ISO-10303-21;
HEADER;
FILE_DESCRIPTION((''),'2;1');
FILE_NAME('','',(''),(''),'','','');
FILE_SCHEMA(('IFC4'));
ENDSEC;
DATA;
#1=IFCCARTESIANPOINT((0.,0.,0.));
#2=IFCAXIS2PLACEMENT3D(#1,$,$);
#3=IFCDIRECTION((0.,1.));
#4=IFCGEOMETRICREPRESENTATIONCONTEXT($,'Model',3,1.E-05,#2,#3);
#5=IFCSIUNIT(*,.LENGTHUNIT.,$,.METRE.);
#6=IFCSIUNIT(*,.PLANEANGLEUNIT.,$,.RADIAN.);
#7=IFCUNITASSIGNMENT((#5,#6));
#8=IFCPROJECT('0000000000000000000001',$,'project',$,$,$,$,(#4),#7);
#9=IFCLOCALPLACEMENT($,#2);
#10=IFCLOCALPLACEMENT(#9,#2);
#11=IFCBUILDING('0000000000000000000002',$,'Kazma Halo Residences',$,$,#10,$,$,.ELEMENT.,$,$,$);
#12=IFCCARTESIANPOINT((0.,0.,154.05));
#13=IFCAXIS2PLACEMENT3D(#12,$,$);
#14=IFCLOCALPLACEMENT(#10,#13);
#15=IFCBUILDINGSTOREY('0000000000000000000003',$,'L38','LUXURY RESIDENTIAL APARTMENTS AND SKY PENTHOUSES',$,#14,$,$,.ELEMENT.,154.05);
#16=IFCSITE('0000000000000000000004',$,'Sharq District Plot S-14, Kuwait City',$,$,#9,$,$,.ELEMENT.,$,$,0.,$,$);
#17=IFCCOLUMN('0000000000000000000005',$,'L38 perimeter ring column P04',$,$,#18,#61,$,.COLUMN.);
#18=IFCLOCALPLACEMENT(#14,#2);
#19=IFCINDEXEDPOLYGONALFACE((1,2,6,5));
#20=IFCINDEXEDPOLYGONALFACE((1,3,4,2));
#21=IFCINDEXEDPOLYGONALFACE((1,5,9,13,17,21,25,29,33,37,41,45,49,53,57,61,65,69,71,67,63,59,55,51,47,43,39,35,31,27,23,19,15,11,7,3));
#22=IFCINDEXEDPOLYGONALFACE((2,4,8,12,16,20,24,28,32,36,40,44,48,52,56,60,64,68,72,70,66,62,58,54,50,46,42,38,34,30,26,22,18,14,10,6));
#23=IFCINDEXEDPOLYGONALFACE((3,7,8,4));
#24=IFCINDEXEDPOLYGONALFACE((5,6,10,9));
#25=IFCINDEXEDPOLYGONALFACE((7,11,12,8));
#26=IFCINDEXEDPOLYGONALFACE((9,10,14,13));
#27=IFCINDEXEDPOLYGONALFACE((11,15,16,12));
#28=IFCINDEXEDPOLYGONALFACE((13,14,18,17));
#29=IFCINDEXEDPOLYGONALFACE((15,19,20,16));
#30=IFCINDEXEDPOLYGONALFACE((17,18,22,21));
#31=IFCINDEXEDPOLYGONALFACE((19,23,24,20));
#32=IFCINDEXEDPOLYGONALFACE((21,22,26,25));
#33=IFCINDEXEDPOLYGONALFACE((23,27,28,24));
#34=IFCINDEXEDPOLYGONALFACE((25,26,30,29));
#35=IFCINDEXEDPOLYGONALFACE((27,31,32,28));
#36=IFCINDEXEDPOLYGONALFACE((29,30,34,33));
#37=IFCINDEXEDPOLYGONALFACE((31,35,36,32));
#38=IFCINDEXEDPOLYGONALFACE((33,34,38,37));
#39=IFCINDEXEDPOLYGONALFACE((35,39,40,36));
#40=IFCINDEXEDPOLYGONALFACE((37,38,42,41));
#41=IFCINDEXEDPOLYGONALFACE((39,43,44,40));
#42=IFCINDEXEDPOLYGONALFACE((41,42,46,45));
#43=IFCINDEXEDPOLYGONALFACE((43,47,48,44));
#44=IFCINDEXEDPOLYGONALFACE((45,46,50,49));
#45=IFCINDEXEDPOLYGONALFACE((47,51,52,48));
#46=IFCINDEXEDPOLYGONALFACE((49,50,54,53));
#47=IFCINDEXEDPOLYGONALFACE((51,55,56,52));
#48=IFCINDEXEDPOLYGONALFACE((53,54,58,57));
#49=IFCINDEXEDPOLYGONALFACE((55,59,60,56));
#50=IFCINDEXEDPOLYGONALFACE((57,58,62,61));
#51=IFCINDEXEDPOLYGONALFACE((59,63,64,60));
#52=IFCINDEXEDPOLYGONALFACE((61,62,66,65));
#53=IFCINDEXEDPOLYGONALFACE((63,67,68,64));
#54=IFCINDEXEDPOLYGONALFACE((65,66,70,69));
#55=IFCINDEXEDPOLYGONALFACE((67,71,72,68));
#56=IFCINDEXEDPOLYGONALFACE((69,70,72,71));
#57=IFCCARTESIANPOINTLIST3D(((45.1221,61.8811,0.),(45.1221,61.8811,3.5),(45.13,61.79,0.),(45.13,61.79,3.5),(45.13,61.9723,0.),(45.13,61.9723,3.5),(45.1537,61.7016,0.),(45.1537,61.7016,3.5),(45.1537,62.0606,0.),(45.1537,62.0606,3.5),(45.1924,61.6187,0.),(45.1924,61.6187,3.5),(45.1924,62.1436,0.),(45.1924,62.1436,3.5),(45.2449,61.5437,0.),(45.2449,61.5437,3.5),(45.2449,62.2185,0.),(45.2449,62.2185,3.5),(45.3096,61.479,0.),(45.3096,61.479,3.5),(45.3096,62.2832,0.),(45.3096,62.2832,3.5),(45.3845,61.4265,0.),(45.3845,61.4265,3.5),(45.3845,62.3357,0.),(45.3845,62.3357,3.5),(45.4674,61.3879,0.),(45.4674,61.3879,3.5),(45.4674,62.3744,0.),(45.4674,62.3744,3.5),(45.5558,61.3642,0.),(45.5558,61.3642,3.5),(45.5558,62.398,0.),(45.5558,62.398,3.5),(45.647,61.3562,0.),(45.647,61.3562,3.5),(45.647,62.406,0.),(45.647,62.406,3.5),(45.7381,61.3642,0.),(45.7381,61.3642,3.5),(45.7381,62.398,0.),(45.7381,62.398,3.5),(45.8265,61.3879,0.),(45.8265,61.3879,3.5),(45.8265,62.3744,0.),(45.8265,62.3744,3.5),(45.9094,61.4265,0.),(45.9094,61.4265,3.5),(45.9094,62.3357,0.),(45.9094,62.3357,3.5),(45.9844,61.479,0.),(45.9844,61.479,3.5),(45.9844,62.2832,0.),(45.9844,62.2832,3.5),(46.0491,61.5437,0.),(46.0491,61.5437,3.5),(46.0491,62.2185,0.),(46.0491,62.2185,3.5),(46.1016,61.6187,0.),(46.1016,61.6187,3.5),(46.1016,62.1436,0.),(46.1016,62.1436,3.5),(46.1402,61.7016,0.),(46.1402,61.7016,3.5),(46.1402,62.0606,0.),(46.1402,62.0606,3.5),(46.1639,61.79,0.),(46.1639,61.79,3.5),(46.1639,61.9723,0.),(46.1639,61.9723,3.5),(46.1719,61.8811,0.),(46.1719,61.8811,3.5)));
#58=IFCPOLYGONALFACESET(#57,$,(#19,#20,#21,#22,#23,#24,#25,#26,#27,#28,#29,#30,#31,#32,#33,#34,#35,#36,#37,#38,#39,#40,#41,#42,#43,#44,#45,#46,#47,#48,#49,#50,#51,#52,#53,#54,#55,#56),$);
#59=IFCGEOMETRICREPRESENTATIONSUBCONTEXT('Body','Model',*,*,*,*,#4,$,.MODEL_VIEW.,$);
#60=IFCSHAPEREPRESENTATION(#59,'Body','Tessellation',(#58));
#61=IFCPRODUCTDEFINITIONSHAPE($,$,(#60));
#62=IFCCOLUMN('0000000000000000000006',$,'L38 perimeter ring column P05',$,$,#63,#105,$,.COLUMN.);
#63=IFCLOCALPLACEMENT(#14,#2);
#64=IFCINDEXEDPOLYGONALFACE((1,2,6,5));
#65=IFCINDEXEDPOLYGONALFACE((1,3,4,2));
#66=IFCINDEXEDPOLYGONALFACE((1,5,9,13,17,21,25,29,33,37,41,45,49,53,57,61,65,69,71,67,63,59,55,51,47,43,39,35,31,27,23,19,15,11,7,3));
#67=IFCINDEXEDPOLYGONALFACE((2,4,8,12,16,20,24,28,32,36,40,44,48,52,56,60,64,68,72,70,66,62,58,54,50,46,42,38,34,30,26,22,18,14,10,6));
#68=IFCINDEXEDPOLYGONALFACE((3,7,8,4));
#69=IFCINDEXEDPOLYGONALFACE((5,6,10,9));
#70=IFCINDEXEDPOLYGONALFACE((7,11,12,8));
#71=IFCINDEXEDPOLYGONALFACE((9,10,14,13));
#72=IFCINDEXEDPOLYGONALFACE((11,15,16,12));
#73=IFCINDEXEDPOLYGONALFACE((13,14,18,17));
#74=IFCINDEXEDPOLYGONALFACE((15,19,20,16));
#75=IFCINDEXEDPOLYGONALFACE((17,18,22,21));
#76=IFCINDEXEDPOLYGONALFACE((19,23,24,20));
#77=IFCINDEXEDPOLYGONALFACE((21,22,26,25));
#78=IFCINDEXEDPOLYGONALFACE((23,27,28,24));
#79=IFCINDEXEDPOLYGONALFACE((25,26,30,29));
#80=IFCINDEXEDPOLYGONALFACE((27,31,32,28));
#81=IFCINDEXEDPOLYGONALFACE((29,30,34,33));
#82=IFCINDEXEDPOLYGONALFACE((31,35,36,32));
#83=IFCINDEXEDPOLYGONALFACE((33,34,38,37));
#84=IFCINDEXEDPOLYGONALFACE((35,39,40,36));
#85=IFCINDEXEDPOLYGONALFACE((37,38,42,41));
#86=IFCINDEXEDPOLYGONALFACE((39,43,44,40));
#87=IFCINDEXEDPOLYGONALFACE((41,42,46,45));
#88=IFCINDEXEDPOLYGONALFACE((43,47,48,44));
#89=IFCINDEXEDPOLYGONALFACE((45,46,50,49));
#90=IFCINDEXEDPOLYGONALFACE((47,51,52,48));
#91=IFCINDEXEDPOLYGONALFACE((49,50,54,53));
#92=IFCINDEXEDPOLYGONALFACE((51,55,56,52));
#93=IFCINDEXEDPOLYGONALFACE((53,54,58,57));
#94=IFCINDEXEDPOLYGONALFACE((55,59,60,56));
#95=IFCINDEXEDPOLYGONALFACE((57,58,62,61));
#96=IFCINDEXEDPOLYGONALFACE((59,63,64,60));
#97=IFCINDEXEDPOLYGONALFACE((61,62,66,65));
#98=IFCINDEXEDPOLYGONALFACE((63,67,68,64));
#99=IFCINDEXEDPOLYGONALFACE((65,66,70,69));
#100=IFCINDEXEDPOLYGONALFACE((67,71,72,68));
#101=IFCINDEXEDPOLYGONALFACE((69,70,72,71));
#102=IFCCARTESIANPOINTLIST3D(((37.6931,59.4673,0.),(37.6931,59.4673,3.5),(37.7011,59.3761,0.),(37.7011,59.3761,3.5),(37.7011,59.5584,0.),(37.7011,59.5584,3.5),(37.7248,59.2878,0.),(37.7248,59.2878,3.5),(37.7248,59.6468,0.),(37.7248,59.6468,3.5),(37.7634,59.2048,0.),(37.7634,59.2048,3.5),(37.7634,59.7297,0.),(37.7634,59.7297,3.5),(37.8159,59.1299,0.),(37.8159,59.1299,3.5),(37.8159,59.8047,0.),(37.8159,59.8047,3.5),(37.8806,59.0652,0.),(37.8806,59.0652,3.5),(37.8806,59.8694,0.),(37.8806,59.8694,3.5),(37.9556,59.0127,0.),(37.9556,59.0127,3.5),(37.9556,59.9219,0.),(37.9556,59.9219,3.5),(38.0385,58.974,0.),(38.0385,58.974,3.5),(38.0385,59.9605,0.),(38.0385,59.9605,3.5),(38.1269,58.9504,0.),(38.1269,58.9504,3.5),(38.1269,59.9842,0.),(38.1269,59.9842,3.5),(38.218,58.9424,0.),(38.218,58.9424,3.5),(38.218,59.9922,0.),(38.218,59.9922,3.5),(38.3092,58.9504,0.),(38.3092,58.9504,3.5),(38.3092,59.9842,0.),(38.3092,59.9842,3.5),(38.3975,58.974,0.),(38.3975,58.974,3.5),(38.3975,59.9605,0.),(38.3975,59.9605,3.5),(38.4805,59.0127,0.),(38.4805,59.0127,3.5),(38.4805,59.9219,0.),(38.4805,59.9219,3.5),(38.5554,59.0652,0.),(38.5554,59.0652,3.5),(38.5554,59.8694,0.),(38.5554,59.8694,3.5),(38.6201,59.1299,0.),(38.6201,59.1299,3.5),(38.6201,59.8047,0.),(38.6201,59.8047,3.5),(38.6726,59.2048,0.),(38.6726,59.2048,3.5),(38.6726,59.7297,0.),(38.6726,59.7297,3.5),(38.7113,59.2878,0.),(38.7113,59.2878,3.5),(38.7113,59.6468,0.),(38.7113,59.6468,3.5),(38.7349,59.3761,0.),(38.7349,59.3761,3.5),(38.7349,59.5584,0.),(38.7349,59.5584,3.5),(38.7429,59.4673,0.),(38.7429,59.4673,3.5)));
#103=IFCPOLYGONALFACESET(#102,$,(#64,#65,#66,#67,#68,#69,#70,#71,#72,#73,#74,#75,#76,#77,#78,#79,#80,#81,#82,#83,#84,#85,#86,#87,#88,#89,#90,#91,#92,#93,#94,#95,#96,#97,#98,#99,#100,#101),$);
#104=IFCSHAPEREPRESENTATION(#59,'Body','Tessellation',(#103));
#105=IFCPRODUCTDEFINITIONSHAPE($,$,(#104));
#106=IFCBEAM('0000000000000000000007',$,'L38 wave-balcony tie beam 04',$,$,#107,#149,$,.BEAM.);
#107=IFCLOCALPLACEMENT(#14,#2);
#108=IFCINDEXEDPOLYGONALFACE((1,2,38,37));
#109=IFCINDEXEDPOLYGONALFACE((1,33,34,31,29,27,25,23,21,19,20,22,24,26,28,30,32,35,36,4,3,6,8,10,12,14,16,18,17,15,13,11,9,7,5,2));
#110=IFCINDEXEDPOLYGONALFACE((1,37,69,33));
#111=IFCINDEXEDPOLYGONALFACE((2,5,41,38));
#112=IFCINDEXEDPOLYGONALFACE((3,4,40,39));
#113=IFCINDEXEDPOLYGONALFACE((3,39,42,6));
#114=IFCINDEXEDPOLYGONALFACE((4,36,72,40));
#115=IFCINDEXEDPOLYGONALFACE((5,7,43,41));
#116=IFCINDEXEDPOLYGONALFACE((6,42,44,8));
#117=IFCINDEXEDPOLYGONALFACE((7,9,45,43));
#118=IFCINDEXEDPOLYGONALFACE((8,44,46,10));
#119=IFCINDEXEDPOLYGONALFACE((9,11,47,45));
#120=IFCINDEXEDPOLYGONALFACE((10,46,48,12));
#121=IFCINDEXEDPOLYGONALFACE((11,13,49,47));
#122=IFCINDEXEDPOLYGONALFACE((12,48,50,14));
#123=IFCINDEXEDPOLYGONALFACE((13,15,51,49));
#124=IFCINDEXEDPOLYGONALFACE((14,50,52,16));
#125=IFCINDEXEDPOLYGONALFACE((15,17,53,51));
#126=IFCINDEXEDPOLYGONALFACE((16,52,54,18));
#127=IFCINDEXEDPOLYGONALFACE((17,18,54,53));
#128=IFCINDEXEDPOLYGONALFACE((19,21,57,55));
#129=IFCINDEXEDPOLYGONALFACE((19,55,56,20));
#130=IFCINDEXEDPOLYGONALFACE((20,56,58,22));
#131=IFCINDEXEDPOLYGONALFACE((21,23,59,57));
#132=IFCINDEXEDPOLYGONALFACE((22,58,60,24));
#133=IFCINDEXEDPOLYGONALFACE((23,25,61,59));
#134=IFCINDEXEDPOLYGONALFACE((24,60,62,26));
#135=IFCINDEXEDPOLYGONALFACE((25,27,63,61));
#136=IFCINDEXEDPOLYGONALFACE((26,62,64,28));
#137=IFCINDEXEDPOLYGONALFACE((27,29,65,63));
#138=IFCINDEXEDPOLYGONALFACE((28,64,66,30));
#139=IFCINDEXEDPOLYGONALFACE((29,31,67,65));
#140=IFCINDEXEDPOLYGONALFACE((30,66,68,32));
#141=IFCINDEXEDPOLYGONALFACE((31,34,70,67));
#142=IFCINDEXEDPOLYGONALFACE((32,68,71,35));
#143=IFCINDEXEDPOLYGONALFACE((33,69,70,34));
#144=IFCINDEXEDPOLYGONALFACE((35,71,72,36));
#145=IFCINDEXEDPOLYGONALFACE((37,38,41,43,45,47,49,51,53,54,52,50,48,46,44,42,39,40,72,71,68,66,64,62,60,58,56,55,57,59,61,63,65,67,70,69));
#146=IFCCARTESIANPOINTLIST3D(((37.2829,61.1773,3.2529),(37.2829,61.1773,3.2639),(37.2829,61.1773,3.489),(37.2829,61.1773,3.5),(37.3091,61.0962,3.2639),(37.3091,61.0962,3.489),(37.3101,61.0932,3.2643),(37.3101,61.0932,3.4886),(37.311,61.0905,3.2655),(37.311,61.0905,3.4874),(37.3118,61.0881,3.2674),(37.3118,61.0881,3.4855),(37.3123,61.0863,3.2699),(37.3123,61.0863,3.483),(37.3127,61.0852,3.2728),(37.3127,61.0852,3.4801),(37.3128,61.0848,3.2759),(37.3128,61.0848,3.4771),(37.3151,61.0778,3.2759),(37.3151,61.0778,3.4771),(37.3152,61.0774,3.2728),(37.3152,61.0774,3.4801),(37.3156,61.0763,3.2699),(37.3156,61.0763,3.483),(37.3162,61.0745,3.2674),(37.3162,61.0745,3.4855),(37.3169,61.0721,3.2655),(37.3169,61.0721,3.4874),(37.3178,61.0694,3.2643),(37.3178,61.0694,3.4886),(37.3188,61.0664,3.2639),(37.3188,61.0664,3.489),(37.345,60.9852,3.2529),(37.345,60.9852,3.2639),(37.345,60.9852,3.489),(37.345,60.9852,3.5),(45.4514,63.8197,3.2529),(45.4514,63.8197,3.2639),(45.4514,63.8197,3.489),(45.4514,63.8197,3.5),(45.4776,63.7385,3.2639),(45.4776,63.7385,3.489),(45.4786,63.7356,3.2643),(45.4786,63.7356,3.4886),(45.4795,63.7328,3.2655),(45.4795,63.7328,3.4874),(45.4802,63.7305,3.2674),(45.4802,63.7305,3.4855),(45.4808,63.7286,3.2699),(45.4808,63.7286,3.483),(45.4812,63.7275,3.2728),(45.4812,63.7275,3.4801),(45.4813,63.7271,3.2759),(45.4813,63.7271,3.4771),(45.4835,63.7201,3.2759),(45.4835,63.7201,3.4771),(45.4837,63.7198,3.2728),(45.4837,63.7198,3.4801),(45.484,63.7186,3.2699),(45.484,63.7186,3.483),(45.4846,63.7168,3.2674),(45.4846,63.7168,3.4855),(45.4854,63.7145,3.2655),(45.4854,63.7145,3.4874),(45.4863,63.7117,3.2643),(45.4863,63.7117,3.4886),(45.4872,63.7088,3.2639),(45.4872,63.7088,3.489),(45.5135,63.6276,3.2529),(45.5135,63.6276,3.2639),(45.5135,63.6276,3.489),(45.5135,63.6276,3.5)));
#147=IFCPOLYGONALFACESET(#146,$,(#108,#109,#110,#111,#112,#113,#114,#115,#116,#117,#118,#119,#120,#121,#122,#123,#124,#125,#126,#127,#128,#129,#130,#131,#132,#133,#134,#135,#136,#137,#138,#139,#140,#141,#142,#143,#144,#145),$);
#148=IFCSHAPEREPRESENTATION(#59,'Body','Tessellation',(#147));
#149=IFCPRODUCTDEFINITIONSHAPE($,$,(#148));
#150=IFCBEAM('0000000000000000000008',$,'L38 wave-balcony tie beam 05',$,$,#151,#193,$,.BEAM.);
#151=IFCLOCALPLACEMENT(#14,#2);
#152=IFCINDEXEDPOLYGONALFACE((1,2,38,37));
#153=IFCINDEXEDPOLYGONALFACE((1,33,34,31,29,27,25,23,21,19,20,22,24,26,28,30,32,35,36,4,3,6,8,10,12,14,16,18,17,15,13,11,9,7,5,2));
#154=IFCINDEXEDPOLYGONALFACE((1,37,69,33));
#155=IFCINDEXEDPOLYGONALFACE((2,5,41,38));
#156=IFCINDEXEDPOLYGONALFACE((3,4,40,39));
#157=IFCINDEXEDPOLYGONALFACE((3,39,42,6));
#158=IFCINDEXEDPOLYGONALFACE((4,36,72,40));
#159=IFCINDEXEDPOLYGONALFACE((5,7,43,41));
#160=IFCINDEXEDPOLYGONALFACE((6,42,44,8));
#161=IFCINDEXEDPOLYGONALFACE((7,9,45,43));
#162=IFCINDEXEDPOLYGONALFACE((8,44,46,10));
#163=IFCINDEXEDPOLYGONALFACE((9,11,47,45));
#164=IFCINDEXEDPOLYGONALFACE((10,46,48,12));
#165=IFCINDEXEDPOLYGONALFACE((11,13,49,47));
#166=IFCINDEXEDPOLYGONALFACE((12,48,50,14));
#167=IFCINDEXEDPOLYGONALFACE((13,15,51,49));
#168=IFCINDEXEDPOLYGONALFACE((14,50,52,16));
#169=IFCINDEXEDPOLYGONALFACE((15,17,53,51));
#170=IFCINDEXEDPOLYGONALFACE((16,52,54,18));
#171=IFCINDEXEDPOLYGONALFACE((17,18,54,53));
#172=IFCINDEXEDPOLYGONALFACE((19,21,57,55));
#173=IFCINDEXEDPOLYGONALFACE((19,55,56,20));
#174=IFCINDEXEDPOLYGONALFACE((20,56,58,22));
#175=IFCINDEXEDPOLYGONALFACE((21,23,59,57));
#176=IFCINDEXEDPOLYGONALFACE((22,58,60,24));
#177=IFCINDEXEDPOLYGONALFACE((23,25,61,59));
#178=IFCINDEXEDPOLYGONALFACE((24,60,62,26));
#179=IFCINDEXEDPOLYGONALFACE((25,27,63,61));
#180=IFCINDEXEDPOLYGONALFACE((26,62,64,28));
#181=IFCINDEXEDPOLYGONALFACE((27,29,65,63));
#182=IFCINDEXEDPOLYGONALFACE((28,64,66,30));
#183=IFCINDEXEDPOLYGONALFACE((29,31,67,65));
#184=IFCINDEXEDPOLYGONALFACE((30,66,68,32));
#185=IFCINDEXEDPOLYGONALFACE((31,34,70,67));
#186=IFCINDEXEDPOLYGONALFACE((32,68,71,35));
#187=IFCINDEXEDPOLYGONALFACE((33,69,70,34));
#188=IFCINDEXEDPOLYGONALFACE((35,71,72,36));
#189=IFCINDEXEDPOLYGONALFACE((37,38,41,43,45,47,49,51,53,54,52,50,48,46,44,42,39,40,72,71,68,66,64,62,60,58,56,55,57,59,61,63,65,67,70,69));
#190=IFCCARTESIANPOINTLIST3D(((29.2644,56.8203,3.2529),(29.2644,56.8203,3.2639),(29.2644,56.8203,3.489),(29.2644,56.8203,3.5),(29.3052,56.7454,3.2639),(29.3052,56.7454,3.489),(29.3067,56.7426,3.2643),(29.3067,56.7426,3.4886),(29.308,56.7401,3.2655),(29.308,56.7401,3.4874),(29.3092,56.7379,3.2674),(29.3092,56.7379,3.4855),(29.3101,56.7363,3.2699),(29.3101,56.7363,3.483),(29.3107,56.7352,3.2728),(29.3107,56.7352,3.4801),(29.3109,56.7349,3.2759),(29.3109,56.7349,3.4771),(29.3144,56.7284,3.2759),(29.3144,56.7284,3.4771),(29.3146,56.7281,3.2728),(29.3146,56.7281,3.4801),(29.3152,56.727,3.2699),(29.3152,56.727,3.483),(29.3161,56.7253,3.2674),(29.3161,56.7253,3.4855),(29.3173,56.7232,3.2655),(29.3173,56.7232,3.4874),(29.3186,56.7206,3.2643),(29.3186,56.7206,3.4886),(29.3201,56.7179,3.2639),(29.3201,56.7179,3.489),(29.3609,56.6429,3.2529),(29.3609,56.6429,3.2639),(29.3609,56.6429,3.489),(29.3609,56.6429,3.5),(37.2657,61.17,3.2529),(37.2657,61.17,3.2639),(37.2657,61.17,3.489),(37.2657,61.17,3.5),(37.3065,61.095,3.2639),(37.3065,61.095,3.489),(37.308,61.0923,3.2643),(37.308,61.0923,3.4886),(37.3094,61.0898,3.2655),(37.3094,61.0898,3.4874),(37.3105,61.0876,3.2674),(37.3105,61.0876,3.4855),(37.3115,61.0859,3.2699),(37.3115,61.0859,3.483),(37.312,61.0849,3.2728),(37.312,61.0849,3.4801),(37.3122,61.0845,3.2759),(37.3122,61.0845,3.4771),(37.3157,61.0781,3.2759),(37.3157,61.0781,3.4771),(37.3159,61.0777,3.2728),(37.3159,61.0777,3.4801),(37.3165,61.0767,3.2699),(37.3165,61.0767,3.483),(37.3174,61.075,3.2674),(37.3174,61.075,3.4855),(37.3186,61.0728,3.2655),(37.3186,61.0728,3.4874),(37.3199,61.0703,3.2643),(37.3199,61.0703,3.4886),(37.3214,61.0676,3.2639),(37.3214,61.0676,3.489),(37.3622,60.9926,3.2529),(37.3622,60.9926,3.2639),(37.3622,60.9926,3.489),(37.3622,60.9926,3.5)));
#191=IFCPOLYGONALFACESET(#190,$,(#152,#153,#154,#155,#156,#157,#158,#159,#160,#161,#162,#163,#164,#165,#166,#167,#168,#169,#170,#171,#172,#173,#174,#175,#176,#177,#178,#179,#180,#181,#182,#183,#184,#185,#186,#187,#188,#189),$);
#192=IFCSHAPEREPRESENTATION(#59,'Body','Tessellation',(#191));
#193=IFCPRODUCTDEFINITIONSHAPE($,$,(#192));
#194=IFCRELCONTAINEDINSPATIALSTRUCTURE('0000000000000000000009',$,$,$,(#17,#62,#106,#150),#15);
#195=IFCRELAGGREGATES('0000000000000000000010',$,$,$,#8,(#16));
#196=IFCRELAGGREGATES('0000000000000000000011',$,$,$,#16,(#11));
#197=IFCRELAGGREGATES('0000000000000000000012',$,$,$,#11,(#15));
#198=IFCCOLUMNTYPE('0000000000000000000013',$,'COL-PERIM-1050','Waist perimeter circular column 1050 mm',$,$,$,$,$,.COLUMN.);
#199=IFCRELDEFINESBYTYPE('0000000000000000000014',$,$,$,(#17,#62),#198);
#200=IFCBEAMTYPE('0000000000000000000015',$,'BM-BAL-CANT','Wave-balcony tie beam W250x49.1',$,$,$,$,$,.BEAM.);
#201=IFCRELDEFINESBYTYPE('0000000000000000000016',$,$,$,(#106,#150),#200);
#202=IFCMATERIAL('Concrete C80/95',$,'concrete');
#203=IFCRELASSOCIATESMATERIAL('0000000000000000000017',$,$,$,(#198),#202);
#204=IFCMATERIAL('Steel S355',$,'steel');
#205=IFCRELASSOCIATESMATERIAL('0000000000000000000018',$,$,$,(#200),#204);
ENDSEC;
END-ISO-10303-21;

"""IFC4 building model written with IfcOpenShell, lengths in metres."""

from ifc_helpers import new_model, si_unit, direction, frame, origin, origin_2d, place, context, subcontext, project, spatial, circle, i_section, extrude, material, material_profile, profile_set, type_object, element, save


model = new_model("IFC4")

# Units and contexts
model_context = context("Model", 3, precision=1e-05, world=origin(), true_north=direction((0.0, 1.0)))
body_context = subcontext(model_context, "Body", "Model", "MODEL_VIEW")
ifc_project = project(units=[si_unit("LENGTHUNIT", "METRE"), si_unit("PLANEANGLEUNIT", "RADIAN")], contexts=[model_context])

# Site, building, storey
site_placement = place(None, origin())
site = spatial("IfcSite", under=ifc_project, at=site_placement, Name="Sharq District Plot S-14, Kuwait City", CompositionType="ELEMENT", RefElevation=0.0)
building_placement = place(site_placement, origin())
building = spatial("IfcBuilding", under=site, at=building_placement, Name="Kazma Halo Residences", CompositionType="ELEMENT")
storey_placement = place(building_placement, frame((0.0, 0.0, 154.05)))
storey = spatial("IfcBuildingStorey", under=building, at=storey_placement, Name="L38", Description="LUXURY RESIDENTIAL APARTMENTS AND SKY PENTHOUSES", CompositionType="ELEMENT", Elevation=154.05)

# Columns
ifc_material_1 = material(Name="Concrete C80/95", Category="concrete")
ifc_material_profile_1 = material_profile(ifc_material_1, circle(Radius=0.5249, at=origin_2d()), Name="CIRC1050")
ifc_profile_set_1 = profile_set([ifc_material_profile_1], Name="Concrete C80/95")
column_type = type_object("IfcColumnType", Name="COL-PERIM-1050", Description="Waist perimeter circular column 1050 mm", PredefinedType="COLUMN", material=ifc_profile_set_1)
for number, where, z_axis, x_axis, name in (
    (1, (45.647, 61.8811, 0.0), (0.0, 0.0, 1.0), (1.0, 0.0, 0.0), "L38 perimeter ring column P04"),
    (2, (38.218, 59.4673, 0.0), (0.0, 0.0, 1.0), (1.0, 0.0, 0.0), "L38 perimeter ring column P05"),
):
    element("IfcColumn", number, at=place(storey_placement, frame(where, z_axis=z_axis, x_axis=x_axis)), inside=storey, type_object=column_type, Name=name, PredefinedType="COLUMN", context=body_context, shape_type="SweptSolid", body=[
        extrude(circle(Radius=0.5249, at=origin_2d()), origin(), (0.0, 0.0, 1.0), 3.5),
    ])

# Beams
ifc_material_2 = material(Name="Steel S355", Category="steel")
ifc_material_profile_2 = material_profile(ifc_material_2, i_section(OverallWidth=0.2019, OverallDepth=0.2471, WebThickness=0.0073, FlangeThickness=0.011, FilletRadius=0.012, at=origin_2d()), Name="W250x49.1")
ifc_profile_set_2 = profile_set([ifc_material_profile_2], Name="Steel S355")
beam_type_1 = type_object("IfcBeamType", Name="BM-BAL-CANT", Description="Wave-balcony tie beam W250x49.1", PredefinedType="BEAM", material=ifc_profile_set_2)
beam_1_placement = place(storey_placement, frame((45.4824, 63.7236, 3.3765), z_axis=(-0.951458, -0.307778, 0.0), x_axis=(0.307778, -0.951458, 0.0)))
element("IfcBeam", 3, at=beam_1_placement, inside=storey, type_object=beam_type_1, Name="L38 wave-balcony tie beam 04", PredefinedType="BEAM", context=body_context, shape_type="SweptSolid", body=[
    extrude(i_section(OverallWidth=0.2019, OverallDepth=0.2471, WebThickness=0.0073, FlangeThickness=0.011, FilletRadius=0.012, at=origin_2d()), origin(), (0.0, 0.0, 1.0), 8.5852),
])
beam_2_placement = place(storey_placement, frame((37.314, 61.0813, 3.3765), z_axis=(-0.878573, -0.477608, 0.0), x_axis=(0.477608, -0.878573, 0.0)))
element("IfcBeam", 4, at=beam_2_placement, inside=storey, type_object=beam_type_1, Name="L38 wave-balcony tie beam 05", PredefinedType="BEAM", context=body_context, shape_type="SweptSolid", body=[
    extrude(i_section(OverallWidth=0.2019, OverallDepth=0.2471, WebThickness=0.0073, FlangeThickness=0.011, FilletRadius=0.012, at=origin_2d()), origin(), (0.0, 0.0, 1.0), 9.1072),
])

save(model, "model.ifc")
